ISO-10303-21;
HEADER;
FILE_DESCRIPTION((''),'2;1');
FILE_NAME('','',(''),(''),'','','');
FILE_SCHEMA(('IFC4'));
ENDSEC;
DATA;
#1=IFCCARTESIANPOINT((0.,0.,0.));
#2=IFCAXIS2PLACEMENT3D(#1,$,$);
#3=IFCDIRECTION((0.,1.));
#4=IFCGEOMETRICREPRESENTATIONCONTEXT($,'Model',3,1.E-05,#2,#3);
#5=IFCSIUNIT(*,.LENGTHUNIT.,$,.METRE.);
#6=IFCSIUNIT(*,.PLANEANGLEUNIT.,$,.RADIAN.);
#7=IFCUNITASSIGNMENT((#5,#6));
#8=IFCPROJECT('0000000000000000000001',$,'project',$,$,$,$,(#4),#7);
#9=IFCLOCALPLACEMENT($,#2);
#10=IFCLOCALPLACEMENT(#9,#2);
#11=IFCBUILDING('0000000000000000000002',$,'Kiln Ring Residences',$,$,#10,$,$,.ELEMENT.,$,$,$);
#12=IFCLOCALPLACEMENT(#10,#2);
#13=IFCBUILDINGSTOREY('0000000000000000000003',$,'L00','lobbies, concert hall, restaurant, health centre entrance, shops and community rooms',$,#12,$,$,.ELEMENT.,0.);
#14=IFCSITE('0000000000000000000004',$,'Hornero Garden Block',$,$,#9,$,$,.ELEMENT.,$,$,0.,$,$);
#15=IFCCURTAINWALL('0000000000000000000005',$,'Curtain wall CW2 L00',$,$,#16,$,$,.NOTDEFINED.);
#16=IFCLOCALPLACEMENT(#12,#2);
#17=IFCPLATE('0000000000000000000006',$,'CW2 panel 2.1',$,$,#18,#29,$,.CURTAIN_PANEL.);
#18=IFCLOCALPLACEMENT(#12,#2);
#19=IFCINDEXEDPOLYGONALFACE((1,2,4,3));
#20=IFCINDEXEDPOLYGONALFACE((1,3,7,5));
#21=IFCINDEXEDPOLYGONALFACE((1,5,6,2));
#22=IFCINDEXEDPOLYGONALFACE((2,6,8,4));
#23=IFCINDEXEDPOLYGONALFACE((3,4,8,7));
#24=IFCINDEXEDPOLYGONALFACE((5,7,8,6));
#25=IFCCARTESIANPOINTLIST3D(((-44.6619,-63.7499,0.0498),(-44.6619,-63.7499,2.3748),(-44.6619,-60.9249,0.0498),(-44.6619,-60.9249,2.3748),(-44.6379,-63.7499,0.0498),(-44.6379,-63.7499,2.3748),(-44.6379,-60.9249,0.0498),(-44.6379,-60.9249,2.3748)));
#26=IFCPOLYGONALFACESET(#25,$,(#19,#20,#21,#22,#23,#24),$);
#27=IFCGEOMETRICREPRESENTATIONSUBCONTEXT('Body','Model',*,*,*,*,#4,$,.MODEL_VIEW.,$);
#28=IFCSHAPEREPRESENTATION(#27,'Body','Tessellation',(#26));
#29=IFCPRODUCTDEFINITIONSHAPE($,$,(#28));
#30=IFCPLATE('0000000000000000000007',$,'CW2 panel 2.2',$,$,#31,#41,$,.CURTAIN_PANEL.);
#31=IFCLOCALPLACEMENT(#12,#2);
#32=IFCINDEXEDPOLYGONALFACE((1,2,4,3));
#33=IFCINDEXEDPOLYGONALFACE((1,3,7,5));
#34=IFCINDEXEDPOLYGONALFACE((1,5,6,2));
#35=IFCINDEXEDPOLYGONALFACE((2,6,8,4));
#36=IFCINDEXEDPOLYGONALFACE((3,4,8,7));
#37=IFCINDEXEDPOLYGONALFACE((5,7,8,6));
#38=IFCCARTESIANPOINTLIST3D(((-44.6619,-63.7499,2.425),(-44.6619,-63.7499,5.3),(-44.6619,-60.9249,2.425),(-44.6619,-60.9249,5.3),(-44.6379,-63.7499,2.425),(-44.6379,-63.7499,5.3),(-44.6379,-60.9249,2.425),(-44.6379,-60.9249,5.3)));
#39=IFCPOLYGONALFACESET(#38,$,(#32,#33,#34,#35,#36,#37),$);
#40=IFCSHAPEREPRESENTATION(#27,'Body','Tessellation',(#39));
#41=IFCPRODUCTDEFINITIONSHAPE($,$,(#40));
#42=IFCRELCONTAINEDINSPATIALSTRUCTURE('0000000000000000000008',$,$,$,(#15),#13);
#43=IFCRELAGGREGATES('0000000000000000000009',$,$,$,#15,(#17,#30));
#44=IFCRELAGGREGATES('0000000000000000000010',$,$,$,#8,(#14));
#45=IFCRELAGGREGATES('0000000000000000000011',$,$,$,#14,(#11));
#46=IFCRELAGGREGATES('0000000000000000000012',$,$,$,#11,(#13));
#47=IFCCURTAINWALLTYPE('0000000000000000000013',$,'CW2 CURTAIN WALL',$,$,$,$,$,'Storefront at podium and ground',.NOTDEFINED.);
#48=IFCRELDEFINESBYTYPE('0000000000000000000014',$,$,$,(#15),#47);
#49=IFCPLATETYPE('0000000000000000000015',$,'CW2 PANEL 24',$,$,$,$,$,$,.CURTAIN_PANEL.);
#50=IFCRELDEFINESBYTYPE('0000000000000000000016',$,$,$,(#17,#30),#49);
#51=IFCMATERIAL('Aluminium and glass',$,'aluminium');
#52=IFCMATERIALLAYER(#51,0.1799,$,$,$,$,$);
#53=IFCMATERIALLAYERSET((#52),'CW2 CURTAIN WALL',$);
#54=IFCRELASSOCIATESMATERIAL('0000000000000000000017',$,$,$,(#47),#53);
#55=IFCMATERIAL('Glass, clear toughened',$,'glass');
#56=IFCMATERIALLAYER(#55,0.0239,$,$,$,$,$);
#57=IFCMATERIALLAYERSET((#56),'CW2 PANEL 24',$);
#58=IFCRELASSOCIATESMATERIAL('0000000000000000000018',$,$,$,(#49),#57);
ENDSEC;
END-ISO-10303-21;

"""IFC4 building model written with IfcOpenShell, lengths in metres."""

from ifc_helpers import new_model, si_unit, direction, frame, origin, origin_2d, place, context, subcontext, project, spatial, rectangle, extrude, material, layer, layer_set, type_object, element, aggregate, save


model = new_model("IFC4")

# Units and contexts
model_context = context("Model", 3, precision=1e-05, world=origin(), true_north=direction((0.0, 1.0)))
body_context = subcontext(model_context, "Body", "Model", "MODEL_VIEW")
ifc_project = project(units=[si_unit("LENGTHUNIT", "METRE"), si_unit("PLANEANGLEUNIT", "RADIAN")], contexts=[model_context])

# Site, building, storey
site_placement = place(None, origin())
site = spatial("IfcSite", under=ifc_project, at=site_placement, Name="Hornero Garden Block", CompositionType="ELEMENT", RefElevation=0.0)
building_placement = place(site_placement, origin())
building = spatial("IfcBuilding", under=site, at=building_placement, Name="Kiln Ring Residences", CompositionType="ELEMENT")
storey_placement = place(building_placement, origin())
storey = spatial("IfcBuildingStorey", under=building, at=storey_placement, Name="L00", Description="lobbies, concert hall, restaurant, health centre entrance, shops and community rooms", CompositionType="ELEMENT", Elevation=0.0)

# Shared definitions
ifc_material_1 = material(Name="Aluminium and glass", Category="aluminium")
ifc_layer_1 = layer(ifc_material_1, 0.1799)
ifc_layer_set_1 = layer_set([ifc_layer_1], Name="CW2 CURTAIN WALL")
curtain_wall_type = type_object("IfcCurtainWallType", Name="CW2 CURTAIN WALL", ElementType="Storefront at podium and ground", PredefinedType="NOTDEFINED", material=ifc_layer_set_1)
placement = place(storey_placement, origin())

# Curtain wall
curtain_wall_1 = element("IfcCurtainWall", 1, at=placement, inside=storey, type_object=curtain_wall_type, Name="Curtain wall CW2 L00", PredefinedType="NOTDEFINED")

# Plates
ifc_material_2 = material(Name="Glass, clear toughened", Category="glass")
ifc_layer_2 = layer(ifc_material_2, 0.0239)
ifc_layer_set_2 = layer_set([ifc_layer_2], Name="CW2 PANEL 24")
plate_type = type_object("IfcPlateType", Name="CW2 PANEL 24", PredefinedType="CURTAIN_PANEL", material=ifc_layer_set_2)
plate_1_placement = place(storey_placement, frame((-44.6499, -62.3374, 0.0498), z_axis=(0.0, 0.0, 1.0), x_axis=(0.0, -1.0, 0.0)))
plate_1 = element("IfcPlate", 2, at=plate_1_placement, type_object=plate_type, Name="CW2 panel 2.1", PredefinedType="CURTAIN_PANEL", context=body_context, shape_type="SweptSolid", body=[
    extrude(rectangle(XDim=2.825, YDim=0.0239, at=origin_2d()), origin(), (0.0, 0.0, 1.0), 2.325),
])
plate_2_placement = place(storey_placement, frame((-44.6499, -62.3374, 2.425), z_axis=(0.0, 0.0, 1.0), x_axis=(0.0, -1.0, 0.0)))
plate_2 = element("IfcPlate", 3, at=plate_2_placement, type_object=plate_type, Name="CW2 panel 2.2", PredefinedType="CURTAIN_PANEL", context=body_context, shape_type="SweptSolid", body=[
    extrude(rectangle(XDim=2.825, YDim=0.0239, at=origin_2d()), origin(), (0.0, 0.0, 1.0), 2.875),
])
aggregate(curtain_wall_1, [plate_1, plate_2])

save(model, "model.ifc")
